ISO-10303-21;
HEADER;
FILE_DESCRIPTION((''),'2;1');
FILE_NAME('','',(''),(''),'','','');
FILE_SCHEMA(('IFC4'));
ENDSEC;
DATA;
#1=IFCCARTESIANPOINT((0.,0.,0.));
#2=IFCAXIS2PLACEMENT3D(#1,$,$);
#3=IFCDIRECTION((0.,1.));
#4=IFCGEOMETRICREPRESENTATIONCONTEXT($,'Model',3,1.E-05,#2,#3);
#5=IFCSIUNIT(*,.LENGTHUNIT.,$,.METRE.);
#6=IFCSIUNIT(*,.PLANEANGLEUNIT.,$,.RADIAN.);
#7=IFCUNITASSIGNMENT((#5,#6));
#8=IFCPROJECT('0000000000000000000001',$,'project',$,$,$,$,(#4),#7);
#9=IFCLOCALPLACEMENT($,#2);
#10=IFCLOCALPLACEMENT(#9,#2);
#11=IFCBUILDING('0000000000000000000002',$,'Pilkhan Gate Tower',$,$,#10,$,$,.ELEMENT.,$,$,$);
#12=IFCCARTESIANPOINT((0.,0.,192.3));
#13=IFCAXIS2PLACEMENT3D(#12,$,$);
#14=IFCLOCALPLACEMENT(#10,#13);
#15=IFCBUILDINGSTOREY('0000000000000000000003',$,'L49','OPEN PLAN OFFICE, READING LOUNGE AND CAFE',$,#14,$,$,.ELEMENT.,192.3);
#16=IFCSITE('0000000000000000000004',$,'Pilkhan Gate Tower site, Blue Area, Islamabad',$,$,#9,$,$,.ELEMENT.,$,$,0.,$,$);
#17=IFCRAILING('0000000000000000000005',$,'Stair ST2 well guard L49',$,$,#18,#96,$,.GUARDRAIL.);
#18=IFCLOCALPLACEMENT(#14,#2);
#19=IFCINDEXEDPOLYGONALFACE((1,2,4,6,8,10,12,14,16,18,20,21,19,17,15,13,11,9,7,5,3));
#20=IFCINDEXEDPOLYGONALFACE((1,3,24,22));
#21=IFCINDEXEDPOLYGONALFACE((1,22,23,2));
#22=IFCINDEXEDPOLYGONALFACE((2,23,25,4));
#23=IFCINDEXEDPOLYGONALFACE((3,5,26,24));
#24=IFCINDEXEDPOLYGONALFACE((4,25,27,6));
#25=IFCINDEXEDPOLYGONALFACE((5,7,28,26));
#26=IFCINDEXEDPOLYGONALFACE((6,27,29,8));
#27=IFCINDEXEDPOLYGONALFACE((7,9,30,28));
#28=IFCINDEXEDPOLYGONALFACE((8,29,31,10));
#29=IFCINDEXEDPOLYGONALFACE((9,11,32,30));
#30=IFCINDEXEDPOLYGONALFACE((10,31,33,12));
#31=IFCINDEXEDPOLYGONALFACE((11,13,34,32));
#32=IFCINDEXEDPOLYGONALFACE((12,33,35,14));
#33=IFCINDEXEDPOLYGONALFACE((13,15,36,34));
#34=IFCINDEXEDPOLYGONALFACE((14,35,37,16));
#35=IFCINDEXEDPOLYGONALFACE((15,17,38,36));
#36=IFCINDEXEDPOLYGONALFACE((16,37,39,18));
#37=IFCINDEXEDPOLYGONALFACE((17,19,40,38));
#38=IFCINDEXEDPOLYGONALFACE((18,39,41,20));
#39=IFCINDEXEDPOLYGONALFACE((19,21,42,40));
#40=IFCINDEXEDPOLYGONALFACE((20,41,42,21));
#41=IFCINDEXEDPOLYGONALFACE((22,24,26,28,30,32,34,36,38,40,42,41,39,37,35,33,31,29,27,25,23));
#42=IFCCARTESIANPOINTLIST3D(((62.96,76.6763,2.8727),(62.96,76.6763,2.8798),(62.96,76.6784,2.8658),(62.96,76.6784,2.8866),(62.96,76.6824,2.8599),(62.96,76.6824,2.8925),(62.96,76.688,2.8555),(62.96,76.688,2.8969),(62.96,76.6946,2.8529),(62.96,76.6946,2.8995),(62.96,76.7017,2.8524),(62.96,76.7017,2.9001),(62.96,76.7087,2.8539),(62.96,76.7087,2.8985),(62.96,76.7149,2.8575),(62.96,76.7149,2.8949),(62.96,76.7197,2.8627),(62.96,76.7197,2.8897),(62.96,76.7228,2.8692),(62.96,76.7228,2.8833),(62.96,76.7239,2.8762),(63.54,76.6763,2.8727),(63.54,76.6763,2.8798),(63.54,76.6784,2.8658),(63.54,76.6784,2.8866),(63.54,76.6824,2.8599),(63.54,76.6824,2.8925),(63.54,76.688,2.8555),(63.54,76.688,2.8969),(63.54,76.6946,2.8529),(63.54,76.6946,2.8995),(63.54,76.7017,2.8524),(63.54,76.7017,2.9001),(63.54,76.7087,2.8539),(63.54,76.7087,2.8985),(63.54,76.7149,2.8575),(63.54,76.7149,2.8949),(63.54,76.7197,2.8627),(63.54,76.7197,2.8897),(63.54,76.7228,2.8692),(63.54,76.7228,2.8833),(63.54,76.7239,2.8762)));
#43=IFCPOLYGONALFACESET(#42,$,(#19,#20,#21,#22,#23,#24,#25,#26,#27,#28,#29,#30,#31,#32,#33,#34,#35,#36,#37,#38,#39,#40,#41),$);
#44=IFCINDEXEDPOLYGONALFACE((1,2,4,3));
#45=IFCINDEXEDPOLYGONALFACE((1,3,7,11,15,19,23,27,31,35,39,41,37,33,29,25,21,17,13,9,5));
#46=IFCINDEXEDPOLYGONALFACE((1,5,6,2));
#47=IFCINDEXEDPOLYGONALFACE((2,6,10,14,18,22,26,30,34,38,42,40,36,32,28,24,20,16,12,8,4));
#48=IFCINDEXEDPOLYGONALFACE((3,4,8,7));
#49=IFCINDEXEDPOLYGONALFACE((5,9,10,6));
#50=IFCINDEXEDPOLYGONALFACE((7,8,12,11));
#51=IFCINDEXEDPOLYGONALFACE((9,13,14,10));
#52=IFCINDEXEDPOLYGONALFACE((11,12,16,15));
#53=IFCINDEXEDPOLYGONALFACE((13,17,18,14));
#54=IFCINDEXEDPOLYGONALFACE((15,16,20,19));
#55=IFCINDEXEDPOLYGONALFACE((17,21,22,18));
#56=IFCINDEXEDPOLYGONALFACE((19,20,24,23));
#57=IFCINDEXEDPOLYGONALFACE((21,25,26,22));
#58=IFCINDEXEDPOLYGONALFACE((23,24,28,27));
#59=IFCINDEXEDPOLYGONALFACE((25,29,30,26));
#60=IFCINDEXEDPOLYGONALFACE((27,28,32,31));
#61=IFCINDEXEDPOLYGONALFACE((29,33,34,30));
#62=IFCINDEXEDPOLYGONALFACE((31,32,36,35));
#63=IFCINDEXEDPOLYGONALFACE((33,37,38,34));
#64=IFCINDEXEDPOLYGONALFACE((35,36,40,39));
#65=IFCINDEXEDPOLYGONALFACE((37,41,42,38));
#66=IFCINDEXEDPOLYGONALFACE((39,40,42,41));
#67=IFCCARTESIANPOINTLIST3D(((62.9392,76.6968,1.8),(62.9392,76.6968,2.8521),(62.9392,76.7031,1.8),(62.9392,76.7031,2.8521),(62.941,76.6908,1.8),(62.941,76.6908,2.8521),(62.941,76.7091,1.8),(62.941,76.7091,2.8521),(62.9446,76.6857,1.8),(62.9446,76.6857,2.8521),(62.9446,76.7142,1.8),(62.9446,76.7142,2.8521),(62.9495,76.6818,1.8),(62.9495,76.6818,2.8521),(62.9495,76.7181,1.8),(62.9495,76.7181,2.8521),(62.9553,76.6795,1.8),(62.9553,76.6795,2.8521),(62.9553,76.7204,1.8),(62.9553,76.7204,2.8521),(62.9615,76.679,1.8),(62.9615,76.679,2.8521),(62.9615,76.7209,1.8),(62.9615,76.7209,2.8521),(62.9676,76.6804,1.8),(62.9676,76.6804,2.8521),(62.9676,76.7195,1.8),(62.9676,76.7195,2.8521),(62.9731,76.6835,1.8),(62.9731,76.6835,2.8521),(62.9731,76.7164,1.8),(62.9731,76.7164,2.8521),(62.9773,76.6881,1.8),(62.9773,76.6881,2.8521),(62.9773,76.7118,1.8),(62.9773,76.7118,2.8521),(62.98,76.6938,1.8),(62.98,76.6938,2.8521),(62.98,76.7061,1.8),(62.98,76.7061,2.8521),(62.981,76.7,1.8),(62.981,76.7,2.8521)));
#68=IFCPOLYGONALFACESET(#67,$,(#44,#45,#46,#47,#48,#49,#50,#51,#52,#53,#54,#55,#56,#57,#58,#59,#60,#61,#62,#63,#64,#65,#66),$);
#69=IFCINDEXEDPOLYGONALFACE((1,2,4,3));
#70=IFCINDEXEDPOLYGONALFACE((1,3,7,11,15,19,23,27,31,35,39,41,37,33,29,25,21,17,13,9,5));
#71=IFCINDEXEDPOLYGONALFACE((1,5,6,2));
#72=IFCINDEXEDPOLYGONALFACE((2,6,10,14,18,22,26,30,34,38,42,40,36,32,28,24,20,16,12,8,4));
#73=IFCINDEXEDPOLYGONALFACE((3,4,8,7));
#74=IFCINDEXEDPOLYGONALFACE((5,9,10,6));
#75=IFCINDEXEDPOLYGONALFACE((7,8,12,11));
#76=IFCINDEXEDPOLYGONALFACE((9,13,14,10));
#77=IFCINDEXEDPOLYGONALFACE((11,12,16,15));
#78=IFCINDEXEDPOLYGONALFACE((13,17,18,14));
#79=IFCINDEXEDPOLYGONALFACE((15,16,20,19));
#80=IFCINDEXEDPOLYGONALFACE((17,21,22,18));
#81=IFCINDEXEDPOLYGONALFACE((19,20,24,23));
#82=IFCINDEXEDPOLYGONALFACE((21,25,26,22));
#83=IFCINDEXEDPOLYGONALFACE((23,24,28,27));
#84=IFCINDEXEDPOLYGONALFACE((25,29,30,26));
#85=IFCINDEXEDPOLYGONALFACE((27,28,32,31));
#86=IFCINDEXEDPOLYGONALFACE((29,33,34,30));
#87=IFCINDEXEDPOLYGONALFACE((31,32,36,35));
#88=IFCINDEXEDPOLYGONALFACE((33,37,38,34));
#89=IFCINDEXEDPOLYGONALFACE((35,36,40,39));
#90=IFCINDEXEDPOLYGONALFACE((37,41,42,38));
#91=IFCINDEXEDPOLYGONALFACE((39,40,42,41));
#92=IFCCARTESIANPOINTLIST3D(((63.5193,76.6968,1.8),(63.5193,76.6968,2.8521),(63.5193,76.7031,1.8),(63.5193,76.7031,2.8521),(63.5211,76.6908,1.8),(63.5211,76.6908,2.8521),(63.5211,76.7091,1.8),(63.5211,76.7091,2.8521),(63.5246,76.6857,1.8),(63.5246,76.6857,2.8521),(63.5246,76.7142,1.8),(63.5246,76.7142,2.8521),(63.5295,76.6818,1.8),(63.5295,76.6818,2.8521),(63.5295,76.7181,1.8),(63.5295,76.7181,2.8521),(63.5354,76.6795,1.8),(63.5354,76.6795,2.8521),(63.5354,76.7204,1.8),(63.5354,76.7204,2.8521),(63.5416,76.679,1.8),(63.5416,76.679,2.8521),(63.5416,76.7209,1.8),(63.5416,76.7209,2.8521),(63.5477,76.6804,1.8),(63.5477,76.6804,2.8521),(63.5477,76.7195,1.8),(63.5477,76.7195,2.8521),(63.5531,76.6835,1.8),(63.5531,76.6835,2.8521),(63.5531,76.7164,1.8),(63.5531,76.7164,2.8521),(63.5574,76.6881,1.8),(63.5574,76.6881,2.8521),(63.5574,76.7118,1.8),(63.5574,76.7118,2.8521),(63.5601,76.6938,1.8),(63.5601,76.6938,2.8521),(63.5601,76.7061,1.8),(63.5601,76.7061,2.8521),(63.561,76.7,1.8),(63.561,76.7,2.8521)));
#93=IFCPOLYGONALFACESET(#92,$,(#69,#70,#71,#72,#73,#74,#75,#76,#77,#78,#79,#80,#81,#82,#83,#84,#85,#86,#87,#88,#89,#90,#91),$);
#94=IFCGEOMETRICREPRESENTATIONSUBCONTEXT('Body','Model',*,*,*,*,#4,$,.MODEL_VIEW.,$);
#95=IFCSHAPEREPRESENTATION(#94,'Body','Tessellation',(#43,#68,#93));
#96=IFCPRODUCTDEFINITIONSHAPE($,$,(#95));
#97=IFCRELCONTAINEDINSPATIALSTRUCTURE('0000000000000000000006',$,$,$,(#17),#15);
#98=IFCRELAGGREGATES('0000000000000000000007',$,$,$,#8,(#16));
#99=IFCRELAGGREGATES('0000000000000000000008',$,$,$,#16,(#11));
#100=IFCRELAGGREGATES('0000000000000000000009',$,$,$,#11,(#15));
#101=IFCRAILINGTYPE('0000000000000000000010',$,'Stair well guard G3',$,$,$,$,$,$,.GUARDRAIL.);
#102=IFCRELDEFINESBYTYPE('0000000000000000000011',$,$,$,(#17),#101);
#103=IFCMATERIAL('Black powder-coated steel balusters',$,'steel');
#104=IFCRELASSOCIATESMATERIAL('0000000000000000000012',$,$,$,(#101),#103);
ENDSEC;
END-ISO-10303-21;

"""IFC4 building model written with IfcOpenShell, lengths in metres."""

from ifc_helpers import new_model, si_unit, direction, frame, origin, origin_2d, place, context, subcontext, project, spatial, circle, extrude, material, type_object, element, save


model = new_model("IFC4")

# Units and contexts
model_context = context("Model", 3, precision=1e-05, world=origin(), true_north=direction((0.0, 1.0)))
body_context = subcontext(model_context, "Body", "Model", "MODEL_VIEW")
ifc_project = project(units=[si_unit("LENGTHUNIT", "METRE"), si_unit("PLANEANGLEUNIT", "RADIAN")], contexts=[model_context])

# Site, building, storey
site_placement = place(None, origin())
site = spatial("IfcSite", under=ifc_project, at=site_placement, Name="Pilkhan Gate Tower site, Blue Area, Islamabad", CompositionType="ELEMENT", RefElevation=0.0)
building_placement = place(site_placement, origin())
building = spatial("IfcBuilding", under=site, at=building_placement, Name="Pilkhan Gate Tower", CompositionType="ELEMENT")
storey_placement = place(building_placement, frame((0.0, 0.0, 192.3)))
storey = spatial("IfcBuildingStorey", under=building, at=storey_placement, Name="L49", Description="OPEN PLAN OFFICE, READING LOUNGE AND CAFE", CompositionType="ELEMENT", Elevation=192.3)

# Railing
ifc_material_1 = material(Name="Black powder-coated steel balusters", Category="steel")
railing_type_1 = type_object("IfcRailingType", Name="Stair well guard G3", PredefinedType="GUARDRAIL", material=ifc_material_1)
for number, where, name in (
    (1, (62.96, 76.7, 1.8), "Stair ST2 well guard L49"),
):
    element("IfcRailing", number, at=place(storey_placement, frame(where)), inside=storey, type_object=railing_type_1, Name=name, PredefinedType="GUARDRAIL", context=body_context, shape_type="SweptSolid", body=[
        extrude(circle(Radius=0.0239, at=origin_2d()), frame((0.0, 0.0, 1.0762), z_axis=(1.0, 0.0, 0.0), x_axis=(0.0, 1.0, 0.0)), (0.0, 0.0, 1.0), 0.5801),
        extrude(circle(Radius=0.021, at=origin_2d()), origin(), (0.0, 0.0, 1.0), 1.052),
        extrude(circle(Radius=0.021, at=origin_2d()), frame((0.5801, 0.0, 0.0)), (0.0, 0.0, 1.0), 1.052),
    ])

save(model, "model.ifc")
